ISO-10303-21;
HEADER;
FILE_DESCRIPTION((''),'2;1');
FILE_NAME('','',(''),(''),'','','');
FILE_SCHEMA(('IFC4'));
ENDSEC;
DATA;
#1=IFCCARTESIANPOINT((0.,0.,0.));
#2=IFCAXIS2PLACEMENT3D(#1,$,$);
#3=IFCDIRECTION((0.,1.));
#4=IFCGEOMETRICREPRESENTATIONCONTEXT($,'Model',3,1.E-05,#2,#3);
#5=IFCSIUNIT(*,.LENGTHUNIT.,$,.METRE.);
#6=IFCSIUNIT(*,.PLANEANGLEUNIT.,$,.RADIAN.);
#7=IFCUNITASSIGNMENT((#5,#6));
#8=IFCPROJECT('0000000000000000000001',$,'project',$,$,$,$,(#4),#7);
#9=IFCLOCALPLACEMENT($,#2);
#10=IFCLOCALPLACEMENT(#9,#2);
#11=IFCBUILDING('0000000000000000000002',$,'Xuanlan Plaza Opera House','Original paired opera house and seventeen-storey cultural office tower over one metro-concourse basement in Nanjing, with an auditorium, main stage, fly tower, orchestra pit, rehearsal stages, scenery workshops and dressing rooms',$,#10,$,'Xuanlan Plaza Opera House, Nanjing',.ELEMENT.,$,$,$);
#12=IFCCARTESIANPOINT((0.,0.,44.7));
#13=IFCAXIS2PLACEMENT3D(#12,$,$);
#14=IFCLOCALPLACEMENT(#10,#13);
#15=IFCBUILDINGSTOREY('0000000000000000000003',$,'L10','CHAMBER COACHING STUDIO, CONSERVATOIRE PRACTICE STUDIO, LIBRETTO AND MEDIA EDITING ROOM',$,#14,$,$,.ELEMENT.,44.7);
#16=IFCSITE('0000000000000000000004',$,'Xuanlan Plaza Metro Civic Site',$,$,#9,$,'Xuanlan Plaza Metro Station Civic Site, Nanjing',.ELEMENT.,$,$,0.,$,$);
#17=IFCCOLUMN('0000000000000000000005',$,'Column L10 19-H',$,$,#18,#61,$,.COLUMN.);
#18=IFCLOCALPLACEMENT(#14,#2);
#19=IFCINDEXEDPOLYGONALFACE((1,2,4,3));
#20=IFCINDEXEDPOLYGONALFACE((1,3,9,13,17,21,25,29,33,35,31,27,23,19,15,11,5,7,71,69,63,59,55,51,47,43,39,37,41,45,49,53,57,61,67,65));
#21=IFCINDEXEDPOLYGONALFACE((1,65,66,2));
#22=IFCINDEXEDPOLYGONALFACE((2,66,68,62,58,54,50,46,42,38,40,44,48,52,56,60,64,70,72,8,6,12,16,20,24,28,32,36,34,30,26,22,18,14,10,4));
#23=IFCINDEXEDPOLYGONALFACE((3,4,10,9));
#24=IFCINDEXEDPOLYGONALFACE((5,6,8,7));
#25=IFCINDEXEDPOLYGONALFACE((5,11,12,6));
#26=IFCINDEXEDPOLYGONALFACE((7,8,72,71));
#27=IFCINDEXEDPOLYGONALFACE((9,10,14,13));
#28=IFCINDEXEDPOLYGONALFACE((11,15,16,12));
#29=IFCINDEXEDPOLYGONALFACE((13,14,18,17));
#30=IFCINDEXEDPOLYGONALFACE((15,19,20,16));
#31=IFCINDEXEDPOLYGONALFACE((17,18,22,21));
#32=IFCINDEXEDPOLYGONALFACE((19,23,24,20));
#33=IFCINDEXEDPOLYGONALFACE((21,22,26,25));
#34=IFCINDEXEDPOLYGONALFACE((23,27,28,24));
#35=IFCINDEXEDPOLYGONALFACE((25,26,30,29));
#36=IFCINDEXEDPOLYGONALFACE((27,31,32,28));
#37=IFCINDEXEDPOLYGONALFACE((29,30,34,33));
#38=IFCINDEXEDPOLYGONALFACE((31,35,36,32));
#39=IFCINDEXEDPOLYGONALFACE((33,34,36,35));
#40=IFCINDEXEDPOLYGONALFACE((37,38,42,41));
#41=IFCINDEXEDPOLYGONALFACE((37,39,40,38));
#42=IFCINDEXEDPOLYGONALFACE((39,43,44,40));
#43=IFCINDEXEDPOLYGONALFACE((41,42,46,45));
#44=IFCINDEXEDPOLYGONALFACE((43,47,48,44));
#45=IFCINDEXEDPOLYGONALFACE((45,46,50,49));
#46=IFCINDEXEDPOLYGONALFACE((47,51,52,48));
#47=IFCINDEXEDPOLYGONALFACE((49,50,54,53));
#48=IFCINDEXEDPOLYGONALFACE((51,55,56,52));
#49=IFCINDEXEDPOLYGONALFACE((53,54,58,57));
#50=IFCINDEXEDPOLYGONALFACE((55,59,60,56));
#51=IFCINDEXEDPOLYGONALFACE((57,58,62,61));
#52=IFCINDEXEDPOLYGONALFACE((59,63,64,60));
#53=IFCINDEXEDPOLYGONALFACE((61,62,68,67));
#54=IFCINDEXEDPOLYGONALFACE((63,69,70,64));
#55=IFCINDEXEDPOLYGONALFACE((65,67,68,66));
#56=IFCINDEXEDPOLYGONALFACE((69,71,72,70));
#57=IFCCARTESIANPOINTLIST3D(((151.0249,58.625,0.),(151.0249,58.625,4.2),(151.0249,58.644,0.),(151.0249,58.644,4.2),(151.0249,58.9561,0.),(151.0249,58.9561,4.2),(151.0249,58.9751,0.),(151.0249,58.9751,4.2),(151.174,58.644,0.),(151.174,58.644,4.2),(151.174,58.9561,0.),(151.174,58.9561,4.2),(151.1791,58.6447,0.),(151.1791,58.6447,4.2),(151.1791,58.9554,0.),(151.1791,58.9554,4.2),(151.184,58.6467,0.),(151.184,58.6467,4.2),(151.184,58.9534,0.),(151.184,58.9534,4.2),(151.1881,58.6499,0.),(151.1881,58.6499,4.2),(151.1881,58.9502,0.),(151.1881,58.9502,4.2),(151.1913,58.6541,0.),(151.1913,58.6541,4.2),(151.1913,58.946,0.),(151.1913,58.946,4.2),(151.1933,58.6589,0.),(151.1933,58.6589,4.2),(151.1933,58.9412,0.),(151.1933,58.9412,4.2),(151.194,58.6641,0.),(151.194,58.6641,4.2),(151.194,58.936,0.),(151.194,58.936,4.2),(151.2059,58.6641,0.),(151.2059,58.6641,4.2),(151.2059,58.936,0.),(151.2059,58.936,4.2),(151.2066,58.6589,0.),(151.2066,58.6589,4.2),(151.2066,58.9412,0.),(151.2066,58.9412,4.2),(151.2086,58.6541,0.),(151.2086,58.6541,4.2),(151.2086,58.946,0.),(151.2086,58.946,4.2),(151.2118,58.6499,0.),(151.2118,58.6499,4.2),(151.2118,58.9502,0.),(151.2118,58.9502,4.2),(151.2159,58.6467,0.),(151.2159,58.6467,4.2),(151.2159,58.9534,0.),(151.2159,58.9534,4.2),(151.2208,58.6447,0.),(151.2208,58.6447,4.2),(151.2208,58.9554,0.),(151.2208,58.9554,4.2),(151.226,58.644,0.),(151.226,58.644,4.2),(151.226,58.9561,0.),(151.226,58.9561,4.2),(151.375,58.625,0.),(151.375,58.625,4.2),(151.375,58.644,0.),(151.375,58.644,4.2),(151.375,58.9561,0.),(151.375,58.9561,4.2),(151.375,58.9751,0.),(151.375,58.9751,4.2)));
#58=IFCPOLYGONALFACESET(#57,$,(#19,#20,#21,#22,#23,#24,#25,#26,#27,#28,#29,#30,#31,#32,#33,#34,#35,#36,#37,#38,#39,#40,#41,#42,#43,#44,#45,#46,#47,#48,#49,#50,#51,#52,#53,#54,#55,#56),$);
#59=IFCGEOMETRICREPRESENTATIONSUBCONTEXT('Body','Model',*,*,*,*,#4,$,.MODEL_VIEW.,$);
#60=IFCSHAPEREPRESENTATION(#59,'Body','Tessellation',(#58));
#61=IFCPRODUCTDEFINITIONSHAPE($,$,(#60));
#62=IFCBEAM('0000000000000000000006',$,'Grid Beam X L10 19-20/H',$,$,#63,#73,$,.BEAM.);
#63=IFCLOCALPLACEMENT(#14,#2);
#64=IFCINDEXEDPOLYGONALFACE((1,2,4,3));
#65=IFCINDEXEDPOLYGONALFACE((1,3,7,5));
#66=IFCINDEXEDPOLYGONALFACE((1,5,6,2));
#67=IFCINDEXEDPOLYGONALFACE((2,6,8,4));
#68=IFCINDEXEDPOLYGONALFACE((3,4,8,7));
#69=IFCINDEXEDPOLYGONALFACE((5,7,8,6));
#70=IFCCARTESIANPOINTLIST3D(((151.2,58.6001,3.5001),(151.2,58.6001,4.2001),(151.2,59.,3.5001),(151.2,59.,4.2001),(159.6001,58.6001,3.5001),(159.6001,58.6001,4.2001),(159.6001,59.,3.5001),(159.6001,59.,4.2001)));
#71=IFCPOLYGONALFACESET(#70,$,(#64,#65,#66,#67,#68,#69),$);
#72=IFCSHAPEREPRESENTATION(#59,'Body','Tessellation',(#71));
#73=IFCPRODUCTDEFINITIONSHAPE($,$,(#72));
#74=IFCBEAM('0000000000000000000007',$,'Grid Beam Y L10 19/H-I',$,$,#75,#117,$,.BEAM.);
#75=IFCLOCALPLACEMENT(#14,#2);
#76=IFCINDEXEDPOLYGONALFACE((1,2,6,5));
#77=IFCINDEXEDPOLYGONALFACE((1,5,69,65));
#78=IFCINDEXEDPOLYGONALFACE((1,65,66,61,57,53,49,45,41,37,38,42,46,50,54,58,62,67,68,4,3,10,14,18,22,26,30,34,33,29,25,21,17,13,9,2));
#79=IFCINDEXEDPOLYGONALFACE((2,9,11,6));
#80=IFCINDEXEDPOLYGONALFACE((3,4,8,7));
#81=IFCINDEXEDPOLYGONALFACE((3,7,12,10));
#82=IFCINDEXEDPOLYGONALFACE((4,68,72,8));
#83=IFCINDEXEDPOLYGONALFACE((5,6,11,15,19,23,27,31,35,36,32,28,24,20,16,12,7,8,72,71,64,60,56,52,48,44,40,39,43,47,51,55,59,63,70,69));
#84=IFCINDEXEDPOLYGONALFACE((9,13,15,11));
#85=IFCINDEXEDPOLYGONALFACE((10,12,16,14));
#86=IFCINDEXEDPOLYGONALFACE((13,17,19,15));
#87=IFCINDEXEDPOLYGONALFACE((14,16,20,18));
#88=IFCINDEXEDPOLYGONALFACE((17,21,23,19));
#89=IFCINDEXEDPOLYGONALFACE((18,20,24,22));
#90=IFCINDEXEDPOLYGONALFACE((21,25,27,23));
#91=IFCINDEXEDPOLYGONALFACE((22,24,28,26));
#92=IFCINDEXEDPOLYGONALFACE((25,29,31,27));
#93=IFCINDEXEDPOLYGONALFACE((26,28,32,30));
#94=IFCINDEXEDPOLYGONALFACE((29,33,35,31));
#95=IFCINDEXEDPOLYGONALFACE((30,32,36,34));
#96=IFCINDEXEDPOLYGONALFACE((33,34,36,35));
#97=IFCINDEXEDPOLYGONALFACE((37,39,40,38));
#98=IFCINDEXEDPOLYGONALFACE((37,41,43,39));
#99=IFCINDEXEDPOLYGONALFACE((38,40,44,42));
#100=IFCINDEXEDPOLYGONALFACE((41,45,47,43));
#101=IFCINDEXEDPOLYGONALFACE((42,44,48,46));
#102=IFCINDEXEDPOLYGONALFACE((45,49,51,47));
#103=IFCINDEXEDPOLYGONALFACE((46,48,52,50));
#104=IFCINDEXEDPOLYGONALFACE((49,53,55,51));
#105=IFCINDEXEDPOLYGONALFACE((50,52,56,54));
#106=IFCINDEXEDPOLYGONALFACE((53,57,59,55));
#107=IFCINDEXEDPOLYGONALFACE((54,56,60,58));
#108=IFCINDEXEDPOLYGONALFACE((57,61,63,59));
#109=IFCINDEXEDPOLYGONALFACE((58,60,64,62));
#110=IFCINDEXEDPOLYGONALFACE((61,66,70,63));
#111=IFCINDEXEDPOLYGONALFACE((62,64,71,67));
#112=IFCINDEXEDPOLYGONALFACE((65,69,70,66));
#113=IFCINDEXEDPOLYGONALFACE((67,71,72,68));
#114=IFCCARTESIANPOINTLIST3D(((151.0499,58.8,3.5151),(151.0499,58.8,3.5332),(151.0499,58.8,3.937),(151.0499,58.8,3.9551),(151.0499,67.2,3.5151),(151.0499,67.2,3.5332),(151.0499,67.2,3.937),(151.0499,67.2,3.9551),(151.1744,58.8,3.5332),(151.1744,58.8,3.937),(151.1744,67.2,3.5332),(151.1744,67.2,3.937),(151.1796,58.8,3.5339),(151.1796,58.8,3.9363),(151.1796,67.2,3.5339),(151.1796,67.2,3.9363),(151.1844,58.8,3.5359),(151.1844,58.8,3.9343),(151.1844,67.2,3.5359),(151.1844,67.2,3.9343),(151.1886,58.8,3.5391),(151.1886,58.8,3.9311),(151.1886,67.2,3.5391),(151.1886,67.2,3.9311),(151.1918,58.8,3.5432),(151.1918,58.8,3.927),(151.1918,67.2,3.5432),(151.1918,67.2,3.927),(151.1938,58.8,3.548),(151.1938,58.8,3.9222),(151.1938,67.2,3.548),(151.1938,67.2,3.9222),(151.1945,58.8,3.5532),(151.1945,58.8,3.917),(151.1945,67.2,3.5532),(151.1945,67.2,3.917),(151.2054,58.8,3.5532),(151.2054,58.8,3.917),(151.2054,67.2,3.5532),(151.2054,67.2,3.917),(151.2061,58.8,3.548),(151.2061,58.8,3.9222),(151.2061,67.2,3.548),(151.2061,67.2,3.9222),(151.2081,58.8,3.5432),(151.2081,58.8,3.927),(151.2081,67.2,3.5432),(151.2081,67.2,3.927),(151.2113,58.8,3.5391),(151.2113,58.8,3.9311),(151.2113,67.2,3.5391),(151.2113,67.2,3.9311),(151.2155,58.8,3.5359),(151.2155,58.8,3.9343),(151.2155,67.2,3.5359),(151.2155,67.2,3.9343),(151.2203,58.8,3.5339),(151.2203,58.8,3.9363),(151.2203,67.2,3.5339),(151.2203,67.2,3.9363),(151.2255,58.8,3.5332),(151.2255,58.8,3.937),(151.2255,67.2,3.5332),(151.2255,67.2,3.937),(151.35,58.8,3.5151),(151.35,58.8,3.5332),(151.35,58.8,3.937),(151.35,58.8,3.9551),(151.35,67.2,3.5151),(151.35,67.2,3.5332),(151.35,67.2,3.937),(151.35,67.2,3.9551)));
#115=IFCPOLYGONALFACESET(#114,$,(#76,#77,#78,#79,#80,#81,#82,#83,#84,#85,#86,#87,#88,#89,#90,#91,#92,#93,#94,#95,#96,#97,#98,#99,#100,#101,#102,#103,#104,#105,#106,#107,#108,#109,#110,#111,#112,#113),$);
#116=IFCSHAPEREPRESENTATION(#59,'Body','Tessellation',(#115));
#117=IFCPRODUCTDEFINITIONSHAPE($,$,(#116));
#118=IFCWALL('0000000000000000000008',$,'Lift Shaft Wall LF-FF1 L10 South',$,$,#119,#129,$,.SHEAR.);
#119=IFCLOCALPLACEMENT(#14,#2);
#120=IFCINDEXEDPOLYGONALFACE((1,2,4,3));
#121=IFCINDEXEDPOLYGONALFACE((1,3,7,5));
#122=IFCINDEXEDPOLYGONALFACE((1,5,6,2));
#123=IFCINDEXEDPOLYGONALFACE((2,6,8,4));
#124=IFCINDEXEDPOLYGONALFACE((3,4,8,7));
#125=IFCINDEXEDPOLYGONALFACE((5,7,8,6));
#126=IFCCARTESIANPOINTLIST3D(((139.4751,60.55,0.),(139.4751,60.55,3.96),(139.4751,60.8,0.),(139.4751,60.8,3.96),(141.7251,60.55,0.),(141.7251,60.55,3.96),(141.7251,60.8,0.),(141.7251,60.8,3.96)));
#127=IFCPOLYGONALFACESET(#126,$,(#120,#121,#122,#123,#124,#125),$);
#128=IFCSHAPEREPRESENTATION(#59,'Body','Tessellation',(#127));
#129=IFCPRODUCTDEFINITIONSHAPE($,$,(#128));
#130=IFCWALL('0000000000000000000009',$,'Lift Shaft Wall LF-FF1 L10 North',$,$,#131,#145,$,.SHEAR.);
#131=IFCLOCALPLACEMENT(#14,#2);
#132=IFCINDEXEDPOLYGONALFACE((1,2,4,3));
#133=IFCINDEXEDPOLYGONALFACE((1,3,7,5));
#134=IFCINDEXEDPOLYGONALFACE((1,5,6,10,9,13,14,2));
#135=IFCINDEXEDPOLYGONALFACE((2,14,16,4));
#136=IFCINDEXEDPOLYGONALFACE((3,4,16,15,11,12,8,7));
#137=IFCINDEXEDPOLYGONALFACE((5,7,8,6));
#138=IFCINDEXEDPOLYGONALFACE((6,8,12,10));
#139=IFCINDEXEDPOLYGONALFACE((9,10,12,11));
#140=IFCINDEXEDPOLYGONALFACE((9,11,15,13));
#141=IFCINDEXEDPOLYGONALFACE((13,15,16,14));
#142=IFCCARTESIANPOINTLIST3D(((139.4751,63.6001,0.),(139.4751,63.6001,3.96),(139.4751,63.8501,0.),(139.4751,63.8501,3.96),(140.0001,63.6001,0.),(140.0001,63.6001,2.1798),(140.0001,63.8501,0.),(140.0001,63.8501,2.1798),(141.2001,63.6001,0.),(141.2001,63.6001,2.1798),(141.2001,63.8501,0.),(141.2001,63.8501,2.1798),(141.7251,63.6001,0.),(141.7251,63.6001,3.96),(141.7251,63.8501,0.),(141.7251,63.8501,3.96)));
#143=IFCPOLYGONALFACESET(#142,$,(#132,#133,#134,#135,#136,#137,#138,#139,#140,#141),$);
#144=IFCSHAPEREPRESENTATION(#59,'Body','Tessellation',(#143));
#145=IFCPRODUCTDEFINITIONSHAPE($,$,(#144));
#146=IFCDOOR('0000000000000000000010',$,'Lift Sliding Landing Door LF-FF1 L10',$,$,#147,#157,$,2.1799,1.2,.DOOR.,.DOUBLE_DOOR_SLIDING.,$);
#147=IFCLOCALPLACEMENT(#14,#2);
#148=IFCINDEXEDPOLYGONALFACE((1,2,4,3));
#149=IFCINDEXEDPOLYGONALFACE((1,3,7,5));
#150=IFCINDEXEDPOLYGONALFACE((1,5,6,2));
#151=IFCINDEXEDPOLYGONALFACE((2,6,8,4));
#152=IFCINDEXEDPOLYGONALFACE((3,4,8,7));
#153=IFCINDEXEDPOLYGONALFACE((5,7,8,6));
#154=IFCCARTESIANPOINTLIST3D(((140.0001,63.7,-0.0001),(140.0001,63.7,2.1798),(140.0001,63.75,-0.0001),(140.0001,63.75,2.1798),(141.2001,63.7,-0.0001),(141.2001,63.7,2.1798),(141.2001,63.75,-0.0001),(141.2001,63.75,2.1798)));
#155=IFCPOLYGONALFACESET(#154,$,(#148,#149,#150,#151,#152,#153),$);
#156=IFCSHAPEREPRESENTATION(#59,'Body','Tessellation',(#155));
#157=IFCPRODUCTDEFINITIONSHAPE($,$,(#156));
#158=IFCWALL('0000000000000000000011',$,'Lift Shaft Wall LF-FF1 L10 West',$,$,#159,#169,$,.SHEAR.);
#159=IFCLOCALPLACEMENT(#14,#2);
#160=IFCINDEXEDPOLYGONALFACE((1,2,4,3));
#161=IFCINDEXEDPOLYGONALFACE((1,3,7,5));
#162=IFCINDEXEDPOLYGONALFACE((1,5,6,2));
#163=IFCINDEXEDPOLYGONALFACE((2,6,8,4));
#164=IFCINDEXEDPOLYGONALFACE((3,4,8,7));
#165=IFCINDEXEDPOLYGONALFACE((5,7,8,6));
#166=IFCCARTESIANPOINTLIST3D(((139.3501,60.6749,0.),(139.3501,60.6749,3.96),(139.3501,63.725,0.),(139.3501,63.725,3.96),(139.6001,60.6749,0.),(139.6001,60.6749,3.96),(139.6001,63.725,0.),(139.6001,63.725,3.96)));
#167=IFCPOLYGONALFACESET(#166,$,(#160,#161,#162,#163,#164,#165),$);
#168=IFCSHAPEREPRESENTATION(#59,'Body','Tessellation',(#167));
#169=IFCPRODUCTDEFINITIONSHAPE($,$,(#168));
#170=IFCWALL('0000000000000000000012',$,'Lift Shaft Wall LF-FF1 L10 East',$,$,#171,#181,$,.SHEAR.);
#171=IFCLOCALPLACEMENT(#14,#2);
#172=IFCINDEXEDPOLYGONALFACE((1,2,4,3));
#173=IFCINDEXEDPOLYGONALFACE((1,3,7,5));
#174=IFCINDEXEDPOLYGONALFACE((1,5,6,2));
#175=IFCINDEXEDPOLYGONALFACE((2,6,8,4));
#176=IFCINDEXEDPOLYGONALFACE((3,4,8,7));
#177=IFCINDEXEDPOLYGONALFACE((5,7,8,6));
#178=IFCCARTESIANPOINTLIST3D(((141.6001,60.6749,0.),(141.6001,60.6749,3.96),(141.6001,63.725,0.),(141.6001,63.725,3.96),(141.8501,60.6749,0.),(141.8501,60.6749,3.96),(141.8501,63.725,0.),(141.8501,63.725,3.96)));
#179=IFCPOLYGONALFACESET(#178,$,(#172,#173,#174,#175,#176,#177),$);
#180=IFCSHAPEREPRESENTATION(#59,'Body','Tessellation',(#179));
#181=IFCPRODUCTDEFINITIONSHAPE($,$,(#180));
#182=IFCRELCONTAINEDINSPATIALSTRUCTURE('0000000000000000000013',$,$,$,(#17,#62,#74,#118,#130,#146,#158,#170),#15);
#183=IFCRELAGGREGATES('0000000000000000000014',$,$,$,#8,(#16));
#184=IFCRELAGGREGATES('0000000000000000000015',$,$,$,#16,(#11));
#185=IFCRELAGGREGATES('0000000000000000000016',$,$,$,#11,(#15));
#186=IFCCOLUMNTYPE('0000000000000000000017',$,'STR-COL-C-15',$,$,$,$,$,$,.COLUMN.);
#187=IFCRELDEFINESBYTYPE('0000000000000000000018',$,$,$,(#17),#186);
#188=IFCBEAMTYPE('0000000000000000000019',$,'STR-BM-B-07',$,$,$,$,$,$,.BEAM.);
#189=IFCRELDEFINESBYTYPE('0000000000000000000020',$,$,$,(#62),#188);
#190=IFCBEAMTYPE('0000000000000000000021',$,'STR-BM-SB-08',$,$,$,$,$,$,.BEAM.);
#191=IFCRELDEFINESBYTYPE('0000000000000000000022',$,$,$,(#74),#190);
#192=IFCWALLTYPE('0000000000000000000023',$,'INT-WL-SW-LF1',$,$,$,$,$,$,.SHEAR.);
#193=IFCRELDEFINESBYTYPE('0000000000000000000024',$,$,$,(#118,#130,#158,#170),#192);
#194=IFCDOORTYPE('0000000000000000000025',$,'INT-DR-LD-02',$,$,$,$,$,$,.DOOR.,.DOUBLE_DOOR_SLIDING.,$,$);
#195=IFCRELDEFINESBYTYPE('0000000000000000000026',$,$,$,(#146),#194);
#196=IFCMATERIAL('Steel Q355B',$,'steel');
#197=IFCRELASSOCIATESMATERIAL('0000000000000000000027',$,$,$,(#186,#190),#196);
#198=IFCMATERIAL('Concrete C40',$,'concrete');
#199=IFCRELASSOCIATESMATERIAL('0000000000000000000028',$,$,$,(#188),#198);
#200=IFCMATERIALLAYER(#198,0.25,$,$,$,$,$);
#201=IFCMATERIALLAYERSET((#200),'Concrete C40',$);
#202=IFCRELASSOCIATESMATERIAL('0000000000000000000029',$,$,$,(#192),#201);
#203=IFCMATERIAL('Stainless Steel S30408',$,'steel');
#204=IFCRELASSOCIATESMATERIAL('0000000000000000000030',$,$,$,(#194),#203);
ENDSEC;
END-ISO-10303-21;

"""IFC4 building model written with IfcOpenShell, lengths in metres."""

from ifc_helpers import new_model, si_unit, direction, frame, frame_2d, origin, origin_2d, place, context, subcontext, project, spatial, rectangle, i_section, extrude, material, layer, layer_set, material_profile, profile_set, type_object, element, fill, save


model = new_model("IFC4")

# Units and contexts
model_context = context("Model", 3, precision=1e-05, world=origin(), true_north=direction((0.0, 1.0)))
body_context = subcontext(model_context, "Body", "Model", "MODEL_VIEW")
ifc_project = project(units=[si_unit("LENGTHUNIT", "METRE"), si_unit("PLANEANGLEUNIT", "RADIAN")], contexts=[model_context])

# Site, building, storey
site_placement = place(None, origin())
site = spatial("IfcSite", under=ifc_project, at=site_placement, Name="Xuanlan Plaza Metro Civic Site", LongName="Xuanlan Plaza Metro Station Civic Site, Nanjing", CompositionType="ELEMENT", RefElevation=0.0)
building_placement = place(site_placement, origin())
building = spatial("IfcBuilding", under=site, at=building_placement, Name="Xuanlan Plaza Opera House", Description="Original paired opera house and seventeen-storey cultural office tower over one metro-concourse basement in Nanjing, with an auditorium, main stage, fly tower, orchestra pit, rehearsal stages, scenery workshops and dressing rooms", LongName="Xuanlan Plaza Opera House, Nanjing", CompositionType="ELEMENT")
storey_placement = place(building_placement, frame((0.0, 0.0, 44.7)))
storey = spatial("IfcBuildingStorey", under=building, at=storey_placement, Name="L10", Description="CHAMBER COACHING STUDIO, CONSERVATOIRE PRACTICE STUDIO, LIBRETTO AND MEDIA EDITING ROOM", CompositionType="ELEMENT", Elevation=44.7)

# Column
ifc_material_1 = material(Name="Steel Q355B", Category="steel")
ifc_material_profile_1 = material_profile(ifc_material_1, i_section(OverallWidth=0.3501, OverallDepth=0.3501, WebThickness=0.012, FlangeThickness=0.019, FilletRadius=0.02, at=origin_2d()), Name="HW 350x350x12x19")
ifc_profile_set_1 = profile_set([ifc_material_profile_1], Name="Steel Q355B")
column_type = type_object("IfcColumnType", Name="STR-COL-C-15", PredefinedType="COLUMN", material=ifc_profile_set_1)
column_placement = place(storey_placement, frame((151.2, 58.8, 0.0), z_axis=(0.0, 0.0, 1.0), x_axis=(1.0, 0.0, 0.0)))
element("IfcColumn", 1, at=column_placement, inside=storey, type_object=column_type, Name="Column L10 19-H", PredefinedType="COLUMN", context=body_context, shape_type="SweptSolid", body=[
    extrude(i_section(OverallWidth=0.3501, OverallDepth=0.3501, WebThickness=0.012, FlangeThickness=0.019, FilletRadius=0.02, at=origin_2d()), origin(), (0.0, 0.0, 1.0), 4.2),
])

# Beams
ifc_material_2 = material(Name="Concrete C40", Category="concrete")
ifc_material_profile_2 = material_profile(ifc_material_2, rectangle(XDim=0.3999, YDim=0.7, at=origin_2d()), Name="RC-BM 400x700")
ifc_profile_set_2 = profile_set([ifc_material_profile_2], Name="Concrete C40")
beam_type_1 = type_object("IfcBeamType", Name="STR-BM-B-07", PredefinedType="BEAM", material=ifc_profile_set_2)
beam_1_placement = place(storey_placement, frame((151.2, 58.8, 3.8501), z_axis=(1.0, 0.0, 0.0), x_axis=(0.0, 1.0, 0.0)))
element("IfcBeam", 2, at=beam_1_placement, inside=storey, type_object=beam_type_1, Name="Grid Beam X L10 19-20/H", PredefinedType="BEAM", context=body_context, shape_type="SweptSolid", body=[
    extrude(rectangle(XDim=0.3999, YDim=0.7, at=origin_2d()), origin(), (0.0, 0.0, 1.0), 8.4001),
])
ifc_material_profile_3 = material_profile(ifc_material_1, i_section(OverallWidth=0.3, OverallDepth=0.4399, WebThickness=0.011, FlangeThickness=0.0181, FilletRadius=0.02, at=origin_2d()), Name="HM 440x300x11x18")
ifc_profile_set_3 = profile_set([ifc_material_profile_3], Name="Steel Q355B")
beam_type_2 = type_object("IfcBeamType", Name="STR-BM-SB-08", PredefinedType="BEAM", material=ifc_profile_set_3)
beam_2_placement = place(storey_placement, frame((151.2, 58.8, 3.7351), z_axis=(0.0, 1.0, 0.0), x_axis=(-1.0, 0.0, 0.0)))
element("IfcBeam", 3, at=beam_2_placement, inside=storey, type_object=beam_type_2, Name="Grid Beam Y L10 19/H-I", PredefinedType="BEAM", context=body_context, shape_type="SweptSolid", body=[
    extrude(i_section(OverallWidth=0.3, OverallDepth=0.4399, WebThickness=0.011, FlangeThickness=0.0181, FilletRadius=0.02, at=origin_2d()), origin(), (0.0, 0.0, 1.0), 8.3999),
])

# Wall
ifc_layer_1 = layer(ifc_material_2, 0.25)
ifc_layer_set_1 = layer_set([ifc_layer_1], Name="Concrete C40")
wall_type = type_object("IfcWallType", Name="INT-WL-SW-LF1", PredefinedType="SHEAR", material=ifc_layer_set_1)
wall_1_placement = place(storey_placement, frame((139.4751, 60.675, 0.0), z_axis=(0.0, 0.0, 1.0), x_axis=(1.0, 0.0, 0.0)))
element("IfcWall", 4, at=wall_1_placement, inside=storey, type_object=wall_type, Name="Lift Shaft Wall LF-FF1 L10 South", PredefinedType="SHEAR", context=body_context, shape_type="SweptSolid", body=[
    extrude(rectangle(XDim=2.25, YDim=0.25, at=frame_2d((1.125, 0.0))), origin(), (0.0, 0.0, 1.0), 3.96),
])

# Wall, opening, door
wall_2_placement = place(storey_placement, frame((139.4751, 63.7251, 0.0), z_axis=(0.0, 0.0, 1.0), x_axis=(1.0, 0.0, 0.0)))
wall_2 = element("IfcWall", 5, at=wall_2_placement, inside=storey, type_object=wall_type, Name="Lift Shaft Wall LF-FF1 L10 North", PredefinedType="SHEAR", context=body_context, shape_type="SweptSolid", body=[
    extrude(rectangle(XDim=2.25, YDim=0.25, at=frame_2d((1.125, 0.0))), origin(), (0.0, 0.0, 1.0), 3.96),
])
opening_1_placement = place(wall_2_placement, frame((0.5249, 0.0, 0.0)))
opening_1 = element("IfcOpeningElement", 6, at=opening_1_placement, cuts=wall_2, PredefinedType="OPENING", context=body_context, shape_type="SweptSolid", body=[
    extrude(rectangle(XDim=1.2, YDim=2.1799, at=frame_2d((0.6001, 1.0898))), frame((0.0, 0.135, 0.0), z_axis=(0.0, -1.0, 0.0), x_axis=(1.0, 0.0, 0.0)), (0.0, 0.0, 1.0), 0.27),
])
ifc_material_3 = material(Name="Stainless Steel S30408", Category="steel")
door_type = type_object("IfcDoorType", Name="INT-DR-LD-02", OperationType="DOUBLE_DOOR_SLIDING", PredefinedType="DOOR", material=ifc_material_3)
door_1_placement = place(opening_1_placement, origin())
door_1 = element("IfcDoor", 7, at=door_1_placement, inside=storey, type_object=door_type, Name="Lift Sliding Landing Door LF-FF1 L10", OperationType="DOUBLE_DOOR_SLIDING", OverallHeight=2.1799, OverallWidth=1.2, PredefinedType="DOOR", context=body_context, shape_type="SweptSolid", body=[
    extrude(rectangle(XDim=1.2, YDim=2.1799, at=frame_2d((0.6001, 1.0898))), frame((0.0, 0.0249, 0.0), z_axis=(0.0, -1.0, 0.0), x_axis=(1.0, 0.0, 0.0)), (0.0, 0.0, 1.0), 0.05),
])
fill(opening_1, door_1)

# Walls
for number, where, z_axis, x_axis, name in (
    (8, (139.4751, 60.675, 0.0), (0.0, 0.0, 1.0), (0.0, 1.0, 0.0), "Lift Shaft Wall LF-FF1 L10 West"),
    (9, (141.7251, 60.675, 0.0), (0.0, 0.0, 1.0), (0.0, 1.0, 0.0), "Lift Shaft Wall LF-FF1 L10 East"),
):
    element("IfcWall", number, at=place(storey_placement, frame(where, z_axis=z_axis, x_axis=x_axis)), inside=storey, type_object=wall_type, Name=name, PredefinedType="SHEAR", context=body_context, shape_type="SweptSolid", body=[
        extrude(rectangle(XDim=3.05, YDim=0.25, at=frame_2d((1.5249, 0.0))), origin(), (0.0, 0.0, 1.0), 3.96),
    ])

save(model, "model.ifc")
